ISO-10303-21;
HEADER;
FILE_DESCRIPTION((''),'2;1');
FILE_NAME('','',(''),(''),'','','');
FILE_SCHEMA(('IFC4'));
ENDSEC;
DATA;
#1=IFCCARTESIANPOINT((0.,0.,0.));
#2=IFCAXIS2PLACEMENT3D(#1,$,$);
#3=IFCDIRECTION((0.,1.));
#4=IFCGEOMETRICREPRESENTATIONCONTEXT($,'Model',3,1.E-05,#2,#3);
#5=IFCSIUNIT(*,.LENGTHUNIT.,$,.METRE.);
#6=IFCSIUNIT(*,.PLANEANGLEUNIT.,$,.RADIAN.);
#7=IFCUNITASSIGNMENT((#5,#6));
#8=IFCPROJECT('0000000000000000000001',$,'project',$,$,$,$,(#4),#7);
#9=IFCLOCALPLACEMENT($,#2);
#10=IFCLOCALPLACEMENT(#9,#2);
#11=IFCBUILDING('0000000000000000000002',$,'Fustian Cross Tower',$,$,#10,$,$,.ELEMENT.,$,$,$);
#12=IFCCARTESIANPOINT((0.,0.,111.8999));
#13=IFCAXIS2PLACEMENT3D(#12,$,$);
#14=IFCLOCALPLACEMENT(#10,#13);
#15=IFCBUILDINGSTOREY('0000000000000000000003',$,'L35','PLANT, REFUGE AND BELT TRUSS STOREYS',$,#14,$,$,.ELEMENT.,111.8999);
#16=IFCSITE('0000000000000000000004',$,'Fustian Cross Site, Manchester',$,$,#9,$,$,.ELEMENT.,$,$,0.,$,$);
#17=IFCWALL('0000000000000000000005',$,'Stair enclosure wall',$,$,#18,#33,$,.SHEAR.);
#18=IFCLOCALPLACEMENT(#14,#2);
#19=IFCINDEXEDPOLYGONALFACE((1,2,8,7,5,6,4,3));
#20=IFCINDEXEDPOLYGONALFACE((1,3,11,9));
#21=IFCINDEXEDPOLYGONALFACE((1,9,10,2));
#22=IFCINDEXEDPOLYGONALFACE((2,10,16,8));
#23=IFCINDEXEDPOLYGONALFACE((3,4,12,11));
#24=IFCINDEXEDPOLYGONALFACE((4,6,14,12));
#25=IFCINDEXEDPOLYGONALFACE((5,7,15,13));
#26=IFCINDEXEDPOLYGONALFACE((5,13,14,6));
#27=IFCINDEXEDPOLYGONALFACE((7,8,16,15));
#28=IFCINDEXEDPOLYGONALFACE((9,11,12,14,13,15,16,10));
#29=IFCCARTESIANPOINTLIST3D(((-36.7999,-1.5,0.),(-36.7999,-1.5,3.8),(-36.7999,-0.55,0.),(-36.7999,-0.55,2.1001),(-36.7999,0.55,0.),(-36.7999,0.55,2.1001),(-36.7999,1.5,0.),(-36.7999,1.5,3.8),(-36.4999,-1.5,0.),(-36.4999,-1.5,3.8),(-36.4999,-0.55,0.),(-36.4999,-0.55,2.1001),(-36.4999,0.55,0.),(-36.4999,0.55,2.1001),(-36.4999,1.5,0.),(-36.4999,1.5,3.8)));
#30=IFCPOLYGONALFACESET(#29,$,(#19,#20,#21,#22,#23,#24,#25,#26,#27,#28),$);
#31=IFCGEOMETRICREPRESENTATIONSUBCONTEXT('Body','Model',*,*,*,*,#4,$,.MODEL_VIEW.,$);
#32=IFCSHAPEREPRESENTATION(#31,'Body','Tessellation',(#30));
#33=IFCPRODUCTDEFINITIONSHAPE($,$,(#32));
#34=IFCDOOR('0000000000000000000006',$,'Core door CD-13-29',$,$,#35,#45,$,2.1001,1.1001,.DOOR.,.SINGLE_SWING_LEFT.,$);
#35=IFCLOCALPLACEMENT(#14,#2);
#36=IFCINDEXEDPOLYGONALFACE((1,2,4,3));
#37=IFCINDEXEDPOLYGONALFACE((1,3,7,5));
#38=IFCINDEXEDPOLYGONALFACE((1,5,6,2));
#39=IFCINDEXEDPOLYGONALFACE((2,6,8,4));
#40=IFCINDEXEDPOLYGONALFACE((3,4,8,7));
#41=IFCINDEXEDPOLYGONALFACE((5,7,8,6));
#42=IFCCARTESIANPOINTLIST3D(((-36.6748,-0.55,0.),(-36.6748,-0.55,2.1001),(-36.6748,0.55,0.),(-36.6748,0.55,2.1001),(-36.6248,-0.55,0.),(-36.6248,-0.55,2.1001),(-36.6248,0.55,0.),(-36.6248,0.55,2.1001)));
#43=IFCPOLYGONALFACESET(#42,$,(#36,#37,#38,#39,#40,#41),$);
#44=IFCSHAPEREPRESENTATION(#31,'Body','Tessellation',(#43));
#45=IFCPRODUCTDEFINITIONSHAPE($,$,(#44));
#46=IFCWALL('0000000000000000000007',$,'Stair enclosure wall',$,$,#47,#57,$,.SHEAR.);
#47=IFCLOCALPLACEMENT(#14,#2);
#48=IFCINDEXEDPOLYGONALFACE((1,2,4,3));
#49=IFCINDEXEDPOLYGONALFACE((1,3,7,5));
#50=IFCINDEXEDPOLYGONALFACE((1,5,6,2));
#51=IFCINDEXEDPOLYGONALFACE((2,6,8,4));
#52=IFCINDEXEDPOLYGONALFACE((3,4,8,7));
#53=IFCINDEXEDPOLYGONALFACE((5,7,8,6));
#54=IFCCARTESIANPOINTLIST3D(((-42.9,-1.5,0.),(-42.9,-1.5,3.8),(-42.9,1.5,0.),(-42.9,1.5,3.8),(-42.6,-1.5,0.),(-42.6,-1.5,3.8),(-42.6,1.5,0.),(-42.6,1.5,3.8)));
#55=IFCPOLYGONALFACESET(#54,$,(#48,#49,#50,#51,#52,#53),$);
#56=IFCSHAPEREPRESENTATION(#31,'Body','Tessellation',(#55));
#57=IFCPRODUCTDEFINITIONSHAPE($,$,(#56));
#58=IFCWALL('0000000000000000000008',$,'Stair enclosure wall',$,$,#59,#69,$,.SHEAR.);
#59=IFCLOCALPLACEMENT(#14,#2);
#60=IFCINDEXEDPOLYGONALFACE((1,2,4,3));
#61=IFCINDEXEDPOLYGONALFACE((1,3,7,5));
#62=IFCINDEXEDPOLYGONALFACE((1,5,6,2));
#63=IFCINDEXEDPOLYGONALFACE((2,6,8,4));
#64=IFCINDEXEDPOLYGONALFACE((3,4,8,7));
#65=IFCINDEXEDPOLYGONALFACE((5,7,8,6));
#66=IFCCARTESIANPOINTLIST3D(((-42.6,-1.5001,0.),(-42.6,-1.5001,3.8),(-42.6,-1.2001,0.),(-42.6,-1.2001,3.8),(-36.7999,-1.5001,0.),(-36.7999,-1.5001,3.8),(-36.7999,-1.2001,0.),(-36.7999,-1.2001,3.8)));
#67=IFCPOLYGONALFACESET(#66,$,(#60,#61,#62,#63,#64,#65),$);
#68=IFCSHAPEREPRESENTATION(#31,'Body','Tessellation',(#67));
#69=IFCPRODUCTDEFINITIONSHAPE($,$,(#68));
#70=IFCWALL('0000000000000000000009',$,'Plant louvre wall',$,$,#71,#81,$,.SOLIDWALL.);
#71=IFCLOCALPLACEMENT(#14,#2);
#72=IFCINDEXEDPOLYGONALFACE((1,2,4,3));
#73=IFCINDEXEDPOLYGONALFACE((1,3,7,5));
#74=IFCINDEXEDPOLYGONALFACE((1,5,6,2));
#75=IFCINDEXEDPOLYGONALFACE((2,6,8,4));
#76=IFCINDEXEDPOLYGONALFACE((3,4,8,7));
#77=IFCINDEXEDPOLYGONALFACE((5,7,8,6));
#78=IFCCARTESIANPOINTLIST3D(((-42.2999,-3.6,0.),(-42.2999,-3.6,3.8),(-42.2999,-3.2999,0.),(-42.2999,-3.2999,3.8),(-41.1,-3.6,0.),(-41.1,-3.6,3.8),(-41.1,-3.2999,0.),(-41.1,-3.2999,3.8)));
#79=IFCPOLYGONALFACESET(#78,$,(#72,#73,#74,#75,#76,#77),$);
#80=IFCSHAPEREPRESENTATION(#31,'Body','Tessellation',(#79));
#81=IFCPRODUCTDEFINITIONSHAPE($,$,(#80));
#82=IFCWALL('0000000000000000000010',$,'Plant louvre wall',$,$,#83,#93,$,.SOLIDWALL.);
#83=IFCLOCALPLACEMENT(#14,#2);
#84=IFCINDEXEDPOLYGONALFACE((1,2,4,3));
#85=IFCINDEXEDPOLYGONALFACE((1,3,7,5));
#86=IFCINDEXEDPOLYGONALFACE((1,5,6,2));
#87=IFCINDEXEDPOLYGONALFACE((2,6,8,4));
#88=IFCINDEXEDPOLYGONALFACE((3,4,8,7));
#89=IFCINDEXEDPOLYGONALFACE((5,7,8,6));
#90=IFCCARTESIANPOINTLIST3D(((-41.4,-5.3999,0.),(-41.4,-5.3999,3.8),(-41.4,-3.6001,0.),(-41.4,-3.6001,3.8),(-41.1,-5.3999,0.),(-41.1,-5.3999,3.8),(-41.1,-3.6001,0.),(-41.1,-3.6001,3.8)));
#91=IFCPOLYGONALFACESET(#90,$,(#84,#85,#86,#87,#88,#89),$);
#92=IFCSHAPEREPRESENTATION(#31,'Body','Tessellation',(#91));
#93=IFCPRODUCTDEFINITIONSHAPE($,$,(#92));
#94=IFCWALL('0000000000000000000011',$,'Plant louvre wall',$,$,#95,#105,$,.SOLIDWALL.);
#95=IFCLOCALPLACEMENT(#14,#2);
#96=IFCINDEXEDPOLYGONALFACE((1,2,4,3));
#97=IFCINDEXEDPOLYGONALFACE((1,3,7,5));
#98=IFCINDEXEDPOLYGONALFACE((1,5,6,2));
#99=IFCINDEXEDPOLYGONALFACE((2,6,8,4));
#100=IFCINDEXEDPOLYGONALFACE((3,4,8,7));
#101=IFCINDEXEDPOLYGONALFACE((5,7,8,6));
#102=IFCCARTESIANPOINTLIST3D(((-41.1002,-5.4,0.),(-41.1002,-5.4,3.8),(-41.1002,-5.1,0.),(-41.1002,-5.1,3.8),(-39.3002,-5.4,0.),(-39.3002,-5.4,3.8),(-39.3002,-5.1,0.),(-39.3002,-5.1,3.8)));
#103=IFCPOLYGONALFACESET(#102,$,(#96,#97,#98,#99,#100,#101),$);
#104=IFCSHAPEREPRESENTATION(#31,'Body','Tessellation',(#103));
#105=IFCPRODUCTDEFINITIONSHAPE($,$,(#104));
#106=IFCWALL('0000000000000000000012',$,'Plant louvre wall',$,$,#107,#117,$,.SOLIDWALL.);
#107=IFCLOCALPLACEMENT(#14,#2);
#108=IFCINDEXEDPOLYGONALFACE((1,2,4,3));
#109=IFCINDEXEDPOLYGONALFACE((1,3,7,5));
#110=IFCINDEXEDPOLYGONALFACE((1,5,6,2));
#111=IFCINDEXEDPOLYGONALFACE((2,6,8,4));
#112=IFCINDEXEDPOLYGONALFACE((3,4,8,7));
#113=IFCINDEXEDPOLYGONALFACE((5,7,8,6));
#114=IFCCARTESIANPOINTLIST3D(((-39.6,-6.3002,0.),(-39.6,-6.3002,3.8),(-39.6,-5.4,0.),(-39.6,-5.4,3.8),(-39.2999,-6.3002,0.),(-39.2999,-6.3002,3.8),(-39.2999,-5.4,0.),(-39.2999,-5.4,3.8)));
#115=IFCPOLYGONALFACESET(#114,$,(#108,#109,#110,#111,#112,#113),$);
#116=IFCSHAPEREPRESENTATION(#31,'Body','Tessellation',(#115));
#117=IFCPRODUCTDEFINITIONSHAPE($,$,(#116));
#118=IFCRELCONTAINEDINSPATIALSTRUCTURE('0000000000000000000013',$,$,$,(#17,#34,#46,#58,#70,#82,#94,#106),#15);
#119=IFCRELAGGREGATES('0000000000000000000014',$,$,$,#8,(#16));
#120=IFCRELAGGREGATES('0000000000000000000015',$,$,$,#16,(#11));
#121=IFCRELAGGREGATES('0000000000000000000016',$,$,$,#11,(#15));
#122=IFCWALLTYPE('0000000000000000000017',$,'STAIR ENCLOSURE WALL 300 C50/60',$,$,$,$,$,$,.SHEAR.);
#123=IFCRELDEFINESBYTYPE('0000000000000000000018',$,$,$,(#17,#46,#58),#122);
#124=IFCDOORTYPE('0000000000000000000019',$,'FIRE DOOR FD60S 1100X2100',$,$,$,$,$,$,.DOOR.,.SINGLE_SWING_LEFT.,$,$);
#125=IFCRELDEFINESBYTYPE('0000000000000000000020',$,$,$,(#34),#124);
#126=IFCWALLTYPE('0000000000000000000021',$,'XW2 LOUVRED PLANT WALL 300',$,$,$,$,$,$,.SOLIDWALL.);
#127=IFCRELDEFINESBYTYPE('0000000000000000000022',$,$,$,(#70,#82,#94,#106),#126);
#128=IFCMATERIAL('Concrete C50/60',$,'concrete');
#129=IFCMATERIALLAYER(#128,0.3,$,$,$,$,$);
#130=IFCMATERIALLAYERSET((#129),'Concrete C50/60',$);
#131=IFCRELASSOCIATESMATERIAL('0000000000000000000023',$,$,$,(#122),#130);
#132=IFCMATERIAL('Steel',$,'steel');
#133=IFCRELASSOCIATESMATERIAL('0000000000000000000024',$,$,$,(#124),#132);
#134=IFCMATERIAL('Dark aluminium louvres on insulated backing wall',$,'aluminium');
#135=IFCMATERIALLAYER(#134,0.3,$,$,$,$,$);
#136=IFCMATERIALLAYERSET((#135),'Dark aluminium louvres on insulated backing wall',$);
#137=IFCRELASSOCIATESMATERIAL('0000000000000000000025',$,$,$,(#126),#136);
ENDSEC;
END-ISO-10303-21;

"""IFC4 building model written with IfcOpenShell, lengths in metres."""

from ifc_helpers import new_model, si_unit, direction, frame, frame_2d, origin, place, context, subcontext, project, spatial, rectangle, extrude, material, layer, layer_set, type_object, element, fill, save


model = new_model("IFC4")

# Units and contexts
model_context = context("Model", 3, precision=1e-05, world=origin(), true_north=direction((0.0, 1.0)))
body_context = subcontext(model_context, "Body", "Model", "MODEL_VIEW")
ifc_project = project(units=[si_unit("LENGTHUNIT", "METRE"), si_unit("PLANEANGLEUNIT", "RADIAN")], contexts=[model_context])

# Site, building, storey
site_placement = place(None, origin())
site = spatial("IfcSite", under=ifc_project, at=site_placement, Name="Fustian Cross Site, Manchester", CompositionType="ELEMENT", RefElevation=0.0)
building_placement = place(site_placement, origin())
building = spatial("IfcBuilding", under=site, at=building_placement, Name="Fustian Cross Tower", CompositionType="ELEMENT")
storey_placement = place(building_placement, frame((0.0, 0.0, 111.8999)))
storey = spatial("IfcBuildingStorey", under=building, at=storey_placement, Name="L35", Description="PLANT, REFUGE AND BELT TRUSS STOREYS", CompositionType="ELEMENT", Elevation=111.8999)

# Wall, opening, door
ifc_material_1 = material(Name="Concrete C50/60", Category="concrete")
ifc_layer_1 = layer(ifc_material_1, 0.3)
ifc_layer_set_1 = layer_set([ifc_layer_1], Name="Concrete C50/60")
wall_type_1 = type_object("IfcWallType", Name="STAIR ENCLOSURE WALL 300 C50/60", PredefinedType="SHEAR", material=ifc_layer_set_1)
wall_1_placement = place(storey_placement, frame((-36.6499, -1.5, 0.0), z_axis=(0.0, 0.0, 1.0), x_axis=(0.0, 1.0, 0.0)))
wall_1 = element("IfcWall", 1, at=wall_1_placement, inside=storey, type_object=wall_type_1, Name="Stair enclosure wall", PredefinedType="SHEAR", context=body_context, shape_type="SweptSolid", body=[
    extrude(rectangle(XDim=3.0, YDim=0.3, at=frame_2d((1.5, 0.0))), origin(), (0.0, 0.0, 1.0), 3.8),
])
opening_placement = place(wall_1_placement, frame((0.95, 0.0, 0.0)))
opening = element("IfcOpeningElement", 2, at=opening_placement, cuts=wall_1, PredefinedType="OPENING", context=body_context, shape_type="SweptSolid", body=[
    extrude(rectangle(XDim=1.1001, YDim=2.1001, at=frame_2d((0.55, 1.05))), frame((0.0, 0.1599, 0.0), z_axis=(0.0, -1.0, 0.0), x_axis=(1.0, 0.0, 0.0)), (0.0, 0.0, 1.0), 0.3201),
])
ifc_material_2 = material(Name="Steel", Category="steel")
door_type = type_object("IfcDoorType", Name="FIRE DOOR FD60S 1100X2100", OperationType="SINGLE_SWING_LEFT", PredefinedType="DOOR", material=ifc_material_2)
door_placement = place(opening_placement, origin())
door = element("IfcDoor", 3, at=door_placement, inside=storey, type_object=door_type, Name="Core door CD-13-29", OperationType="SINGLE_SWING_LEFT", OverallHeight=2.1001, OverallWidth=1.1001, PredefinedType="DOOR", context=body_context, shape_type="SweptSolid", body=[
    extrude(rectangle(XDim=1.1001, YDim=2.1001, at=frame_2d((0.55, 1.05))), frame((0.0, 0.0249, 0.0), z_axis=(0.0, -1.0, 0.0), x_axis=(1.0, 0.0, 0.0)), (0.0, 0.0, 1.0), 0.05),
])
fill(opening, door)

# Walls
wall_2_placement = place(storey_placement, frame((-42.75, -1.5, 0.0), z_axis=(0.0, 0.0, 1.0), x_axis=(0.0, 1.0, 0.0)))
element("IfcWall", 4, at=wall_2_placement, inside=storey, type_object=wall_type_1, Name="Stair enclosure wall", PredefinedType="SHEAR", context=body_context, shape_type="SweptSolid", body=[
    extrude(rectangle(XDim=3.0, YDim=0.3, at=frame_2d((1.5, 0.0))), origin(), (0.0, 0.0, 1.0), 3.8),
])
wall_3_placement = place(storey_placement, frame((-36.8, -1.3501, 0.0), z_axis=(0.0, 0.0, 1.0), x_axis=(-1.0, 0.0, 0.0)))
element("IfcWall", 5, at=wall_3_placement, inside=storey, type_object=wall_type_1, Name="Stair enclosure wall", PredefinedType="SHEAR", context=body_context, shape_type="SweptSolid", body=[
    extrude(rectangle(XDim=5.8, YDim=0.3, at=frame_2d((2.8999, 0.0))), origin(), (0.0, 0.0, 1.0), 3.8),
])
ifc_material_3 = material(Name="Dark aluminium louvres on insulated backing wall", Category="aluminium")
ifc_layer_2 = layer(ifc_material_3, 0.3)
ifc_layer_set_2 = layer_set([ifc_layer_2], Name="Dark aluminium louvres on insulated backing wall")
wall_type_2 = type_object("IfcWallType", Name="XW2 LOUVRED PLANT WALL 300", PredefinedType="SOLIDWALL", material=ifc_layer_set_2)
wall_4_placement = place(storey_placement, frame((-42.3, -3.45, 0.0), z_axis=(0.0, 0.0, 1.0), x_axis=(1.0, 0.0, 0.0)))
element("IfcWall", 6, at=wall_4_placement, inside=storey, type_object=wall_type_2, Name="Plant louvre wall", PredefinedType="SOLIDWALL", context=body_context, shape_type="SweptSolid", body=[
    extrude(rectangle(XDim=1.2, YDim=0.3, at=frame_2d((0.6001, 0.0))), origin(), (0.0, 0.0, 1.0), 3.8),
])
wall_5_placement = place(storey_placement, frame((-41.25, -3.6001, 0.0), z_axis=(0.0, 0.0, 1.0), x_axis=(0.0, -1.0, 0.0)))
element("IfcWall", 7, at=wall_5_placement, inside=storey, type_object=wall_type_2, Name="Plant louvre wall", PredefinedType="SOLIDWALL", context=body_context, shape_type="SweptSolid", body=[
    extrude(rectangle(XDim=1.7998, YDim=0.3, at=frame_2d((0.8999, 0.0))), origin(), (0.0, 0.0, 1.0), 3.8),
])
wall_6_placement = place(storey_placement, frame((-41.1001, -5.25, 0.0), z_axis=(0.0, 0.0, 1.0), x_axis=(1.0, 0.0, 0.0)))
element("IfcWall", 8, at=wall_6_placement, inside=storey, type_object=wall_type_2, Name="Plant louvre wall", PredefinedType="SOLIDWALL", context=body_context, shape_type="SweptSolid", body=[
    extrude(rectangle(XDim=1.8, YDim=0.3, at=frame_2d((0.8999, 0.0))), origin(), (0.0, 0.0, 1.0), 3.8),
])
wall_7_placement = place(storey_placement, frame((-39.45, -5.3999, 0.0), z_axis=(0.0, 0.0, 1.0), x_axis=(0.0, -1.0, 0.0)))
element("IfcWall", 9, at=wall_7_placement, inside=storey, type_object=wall_type_2, Name="Plant louvre wall", PredefinedType="SOLIDWALL", context=body_context, shape_type="SweptSolid", body=[
    extrude(rectangle(XDim=0.9001, YDim=0.3, at=frame_2d((0.4502, 0.0))), origin(), (0.0, 0.0, 1.0), 3.8),
])

save(model, "model.ifc")
